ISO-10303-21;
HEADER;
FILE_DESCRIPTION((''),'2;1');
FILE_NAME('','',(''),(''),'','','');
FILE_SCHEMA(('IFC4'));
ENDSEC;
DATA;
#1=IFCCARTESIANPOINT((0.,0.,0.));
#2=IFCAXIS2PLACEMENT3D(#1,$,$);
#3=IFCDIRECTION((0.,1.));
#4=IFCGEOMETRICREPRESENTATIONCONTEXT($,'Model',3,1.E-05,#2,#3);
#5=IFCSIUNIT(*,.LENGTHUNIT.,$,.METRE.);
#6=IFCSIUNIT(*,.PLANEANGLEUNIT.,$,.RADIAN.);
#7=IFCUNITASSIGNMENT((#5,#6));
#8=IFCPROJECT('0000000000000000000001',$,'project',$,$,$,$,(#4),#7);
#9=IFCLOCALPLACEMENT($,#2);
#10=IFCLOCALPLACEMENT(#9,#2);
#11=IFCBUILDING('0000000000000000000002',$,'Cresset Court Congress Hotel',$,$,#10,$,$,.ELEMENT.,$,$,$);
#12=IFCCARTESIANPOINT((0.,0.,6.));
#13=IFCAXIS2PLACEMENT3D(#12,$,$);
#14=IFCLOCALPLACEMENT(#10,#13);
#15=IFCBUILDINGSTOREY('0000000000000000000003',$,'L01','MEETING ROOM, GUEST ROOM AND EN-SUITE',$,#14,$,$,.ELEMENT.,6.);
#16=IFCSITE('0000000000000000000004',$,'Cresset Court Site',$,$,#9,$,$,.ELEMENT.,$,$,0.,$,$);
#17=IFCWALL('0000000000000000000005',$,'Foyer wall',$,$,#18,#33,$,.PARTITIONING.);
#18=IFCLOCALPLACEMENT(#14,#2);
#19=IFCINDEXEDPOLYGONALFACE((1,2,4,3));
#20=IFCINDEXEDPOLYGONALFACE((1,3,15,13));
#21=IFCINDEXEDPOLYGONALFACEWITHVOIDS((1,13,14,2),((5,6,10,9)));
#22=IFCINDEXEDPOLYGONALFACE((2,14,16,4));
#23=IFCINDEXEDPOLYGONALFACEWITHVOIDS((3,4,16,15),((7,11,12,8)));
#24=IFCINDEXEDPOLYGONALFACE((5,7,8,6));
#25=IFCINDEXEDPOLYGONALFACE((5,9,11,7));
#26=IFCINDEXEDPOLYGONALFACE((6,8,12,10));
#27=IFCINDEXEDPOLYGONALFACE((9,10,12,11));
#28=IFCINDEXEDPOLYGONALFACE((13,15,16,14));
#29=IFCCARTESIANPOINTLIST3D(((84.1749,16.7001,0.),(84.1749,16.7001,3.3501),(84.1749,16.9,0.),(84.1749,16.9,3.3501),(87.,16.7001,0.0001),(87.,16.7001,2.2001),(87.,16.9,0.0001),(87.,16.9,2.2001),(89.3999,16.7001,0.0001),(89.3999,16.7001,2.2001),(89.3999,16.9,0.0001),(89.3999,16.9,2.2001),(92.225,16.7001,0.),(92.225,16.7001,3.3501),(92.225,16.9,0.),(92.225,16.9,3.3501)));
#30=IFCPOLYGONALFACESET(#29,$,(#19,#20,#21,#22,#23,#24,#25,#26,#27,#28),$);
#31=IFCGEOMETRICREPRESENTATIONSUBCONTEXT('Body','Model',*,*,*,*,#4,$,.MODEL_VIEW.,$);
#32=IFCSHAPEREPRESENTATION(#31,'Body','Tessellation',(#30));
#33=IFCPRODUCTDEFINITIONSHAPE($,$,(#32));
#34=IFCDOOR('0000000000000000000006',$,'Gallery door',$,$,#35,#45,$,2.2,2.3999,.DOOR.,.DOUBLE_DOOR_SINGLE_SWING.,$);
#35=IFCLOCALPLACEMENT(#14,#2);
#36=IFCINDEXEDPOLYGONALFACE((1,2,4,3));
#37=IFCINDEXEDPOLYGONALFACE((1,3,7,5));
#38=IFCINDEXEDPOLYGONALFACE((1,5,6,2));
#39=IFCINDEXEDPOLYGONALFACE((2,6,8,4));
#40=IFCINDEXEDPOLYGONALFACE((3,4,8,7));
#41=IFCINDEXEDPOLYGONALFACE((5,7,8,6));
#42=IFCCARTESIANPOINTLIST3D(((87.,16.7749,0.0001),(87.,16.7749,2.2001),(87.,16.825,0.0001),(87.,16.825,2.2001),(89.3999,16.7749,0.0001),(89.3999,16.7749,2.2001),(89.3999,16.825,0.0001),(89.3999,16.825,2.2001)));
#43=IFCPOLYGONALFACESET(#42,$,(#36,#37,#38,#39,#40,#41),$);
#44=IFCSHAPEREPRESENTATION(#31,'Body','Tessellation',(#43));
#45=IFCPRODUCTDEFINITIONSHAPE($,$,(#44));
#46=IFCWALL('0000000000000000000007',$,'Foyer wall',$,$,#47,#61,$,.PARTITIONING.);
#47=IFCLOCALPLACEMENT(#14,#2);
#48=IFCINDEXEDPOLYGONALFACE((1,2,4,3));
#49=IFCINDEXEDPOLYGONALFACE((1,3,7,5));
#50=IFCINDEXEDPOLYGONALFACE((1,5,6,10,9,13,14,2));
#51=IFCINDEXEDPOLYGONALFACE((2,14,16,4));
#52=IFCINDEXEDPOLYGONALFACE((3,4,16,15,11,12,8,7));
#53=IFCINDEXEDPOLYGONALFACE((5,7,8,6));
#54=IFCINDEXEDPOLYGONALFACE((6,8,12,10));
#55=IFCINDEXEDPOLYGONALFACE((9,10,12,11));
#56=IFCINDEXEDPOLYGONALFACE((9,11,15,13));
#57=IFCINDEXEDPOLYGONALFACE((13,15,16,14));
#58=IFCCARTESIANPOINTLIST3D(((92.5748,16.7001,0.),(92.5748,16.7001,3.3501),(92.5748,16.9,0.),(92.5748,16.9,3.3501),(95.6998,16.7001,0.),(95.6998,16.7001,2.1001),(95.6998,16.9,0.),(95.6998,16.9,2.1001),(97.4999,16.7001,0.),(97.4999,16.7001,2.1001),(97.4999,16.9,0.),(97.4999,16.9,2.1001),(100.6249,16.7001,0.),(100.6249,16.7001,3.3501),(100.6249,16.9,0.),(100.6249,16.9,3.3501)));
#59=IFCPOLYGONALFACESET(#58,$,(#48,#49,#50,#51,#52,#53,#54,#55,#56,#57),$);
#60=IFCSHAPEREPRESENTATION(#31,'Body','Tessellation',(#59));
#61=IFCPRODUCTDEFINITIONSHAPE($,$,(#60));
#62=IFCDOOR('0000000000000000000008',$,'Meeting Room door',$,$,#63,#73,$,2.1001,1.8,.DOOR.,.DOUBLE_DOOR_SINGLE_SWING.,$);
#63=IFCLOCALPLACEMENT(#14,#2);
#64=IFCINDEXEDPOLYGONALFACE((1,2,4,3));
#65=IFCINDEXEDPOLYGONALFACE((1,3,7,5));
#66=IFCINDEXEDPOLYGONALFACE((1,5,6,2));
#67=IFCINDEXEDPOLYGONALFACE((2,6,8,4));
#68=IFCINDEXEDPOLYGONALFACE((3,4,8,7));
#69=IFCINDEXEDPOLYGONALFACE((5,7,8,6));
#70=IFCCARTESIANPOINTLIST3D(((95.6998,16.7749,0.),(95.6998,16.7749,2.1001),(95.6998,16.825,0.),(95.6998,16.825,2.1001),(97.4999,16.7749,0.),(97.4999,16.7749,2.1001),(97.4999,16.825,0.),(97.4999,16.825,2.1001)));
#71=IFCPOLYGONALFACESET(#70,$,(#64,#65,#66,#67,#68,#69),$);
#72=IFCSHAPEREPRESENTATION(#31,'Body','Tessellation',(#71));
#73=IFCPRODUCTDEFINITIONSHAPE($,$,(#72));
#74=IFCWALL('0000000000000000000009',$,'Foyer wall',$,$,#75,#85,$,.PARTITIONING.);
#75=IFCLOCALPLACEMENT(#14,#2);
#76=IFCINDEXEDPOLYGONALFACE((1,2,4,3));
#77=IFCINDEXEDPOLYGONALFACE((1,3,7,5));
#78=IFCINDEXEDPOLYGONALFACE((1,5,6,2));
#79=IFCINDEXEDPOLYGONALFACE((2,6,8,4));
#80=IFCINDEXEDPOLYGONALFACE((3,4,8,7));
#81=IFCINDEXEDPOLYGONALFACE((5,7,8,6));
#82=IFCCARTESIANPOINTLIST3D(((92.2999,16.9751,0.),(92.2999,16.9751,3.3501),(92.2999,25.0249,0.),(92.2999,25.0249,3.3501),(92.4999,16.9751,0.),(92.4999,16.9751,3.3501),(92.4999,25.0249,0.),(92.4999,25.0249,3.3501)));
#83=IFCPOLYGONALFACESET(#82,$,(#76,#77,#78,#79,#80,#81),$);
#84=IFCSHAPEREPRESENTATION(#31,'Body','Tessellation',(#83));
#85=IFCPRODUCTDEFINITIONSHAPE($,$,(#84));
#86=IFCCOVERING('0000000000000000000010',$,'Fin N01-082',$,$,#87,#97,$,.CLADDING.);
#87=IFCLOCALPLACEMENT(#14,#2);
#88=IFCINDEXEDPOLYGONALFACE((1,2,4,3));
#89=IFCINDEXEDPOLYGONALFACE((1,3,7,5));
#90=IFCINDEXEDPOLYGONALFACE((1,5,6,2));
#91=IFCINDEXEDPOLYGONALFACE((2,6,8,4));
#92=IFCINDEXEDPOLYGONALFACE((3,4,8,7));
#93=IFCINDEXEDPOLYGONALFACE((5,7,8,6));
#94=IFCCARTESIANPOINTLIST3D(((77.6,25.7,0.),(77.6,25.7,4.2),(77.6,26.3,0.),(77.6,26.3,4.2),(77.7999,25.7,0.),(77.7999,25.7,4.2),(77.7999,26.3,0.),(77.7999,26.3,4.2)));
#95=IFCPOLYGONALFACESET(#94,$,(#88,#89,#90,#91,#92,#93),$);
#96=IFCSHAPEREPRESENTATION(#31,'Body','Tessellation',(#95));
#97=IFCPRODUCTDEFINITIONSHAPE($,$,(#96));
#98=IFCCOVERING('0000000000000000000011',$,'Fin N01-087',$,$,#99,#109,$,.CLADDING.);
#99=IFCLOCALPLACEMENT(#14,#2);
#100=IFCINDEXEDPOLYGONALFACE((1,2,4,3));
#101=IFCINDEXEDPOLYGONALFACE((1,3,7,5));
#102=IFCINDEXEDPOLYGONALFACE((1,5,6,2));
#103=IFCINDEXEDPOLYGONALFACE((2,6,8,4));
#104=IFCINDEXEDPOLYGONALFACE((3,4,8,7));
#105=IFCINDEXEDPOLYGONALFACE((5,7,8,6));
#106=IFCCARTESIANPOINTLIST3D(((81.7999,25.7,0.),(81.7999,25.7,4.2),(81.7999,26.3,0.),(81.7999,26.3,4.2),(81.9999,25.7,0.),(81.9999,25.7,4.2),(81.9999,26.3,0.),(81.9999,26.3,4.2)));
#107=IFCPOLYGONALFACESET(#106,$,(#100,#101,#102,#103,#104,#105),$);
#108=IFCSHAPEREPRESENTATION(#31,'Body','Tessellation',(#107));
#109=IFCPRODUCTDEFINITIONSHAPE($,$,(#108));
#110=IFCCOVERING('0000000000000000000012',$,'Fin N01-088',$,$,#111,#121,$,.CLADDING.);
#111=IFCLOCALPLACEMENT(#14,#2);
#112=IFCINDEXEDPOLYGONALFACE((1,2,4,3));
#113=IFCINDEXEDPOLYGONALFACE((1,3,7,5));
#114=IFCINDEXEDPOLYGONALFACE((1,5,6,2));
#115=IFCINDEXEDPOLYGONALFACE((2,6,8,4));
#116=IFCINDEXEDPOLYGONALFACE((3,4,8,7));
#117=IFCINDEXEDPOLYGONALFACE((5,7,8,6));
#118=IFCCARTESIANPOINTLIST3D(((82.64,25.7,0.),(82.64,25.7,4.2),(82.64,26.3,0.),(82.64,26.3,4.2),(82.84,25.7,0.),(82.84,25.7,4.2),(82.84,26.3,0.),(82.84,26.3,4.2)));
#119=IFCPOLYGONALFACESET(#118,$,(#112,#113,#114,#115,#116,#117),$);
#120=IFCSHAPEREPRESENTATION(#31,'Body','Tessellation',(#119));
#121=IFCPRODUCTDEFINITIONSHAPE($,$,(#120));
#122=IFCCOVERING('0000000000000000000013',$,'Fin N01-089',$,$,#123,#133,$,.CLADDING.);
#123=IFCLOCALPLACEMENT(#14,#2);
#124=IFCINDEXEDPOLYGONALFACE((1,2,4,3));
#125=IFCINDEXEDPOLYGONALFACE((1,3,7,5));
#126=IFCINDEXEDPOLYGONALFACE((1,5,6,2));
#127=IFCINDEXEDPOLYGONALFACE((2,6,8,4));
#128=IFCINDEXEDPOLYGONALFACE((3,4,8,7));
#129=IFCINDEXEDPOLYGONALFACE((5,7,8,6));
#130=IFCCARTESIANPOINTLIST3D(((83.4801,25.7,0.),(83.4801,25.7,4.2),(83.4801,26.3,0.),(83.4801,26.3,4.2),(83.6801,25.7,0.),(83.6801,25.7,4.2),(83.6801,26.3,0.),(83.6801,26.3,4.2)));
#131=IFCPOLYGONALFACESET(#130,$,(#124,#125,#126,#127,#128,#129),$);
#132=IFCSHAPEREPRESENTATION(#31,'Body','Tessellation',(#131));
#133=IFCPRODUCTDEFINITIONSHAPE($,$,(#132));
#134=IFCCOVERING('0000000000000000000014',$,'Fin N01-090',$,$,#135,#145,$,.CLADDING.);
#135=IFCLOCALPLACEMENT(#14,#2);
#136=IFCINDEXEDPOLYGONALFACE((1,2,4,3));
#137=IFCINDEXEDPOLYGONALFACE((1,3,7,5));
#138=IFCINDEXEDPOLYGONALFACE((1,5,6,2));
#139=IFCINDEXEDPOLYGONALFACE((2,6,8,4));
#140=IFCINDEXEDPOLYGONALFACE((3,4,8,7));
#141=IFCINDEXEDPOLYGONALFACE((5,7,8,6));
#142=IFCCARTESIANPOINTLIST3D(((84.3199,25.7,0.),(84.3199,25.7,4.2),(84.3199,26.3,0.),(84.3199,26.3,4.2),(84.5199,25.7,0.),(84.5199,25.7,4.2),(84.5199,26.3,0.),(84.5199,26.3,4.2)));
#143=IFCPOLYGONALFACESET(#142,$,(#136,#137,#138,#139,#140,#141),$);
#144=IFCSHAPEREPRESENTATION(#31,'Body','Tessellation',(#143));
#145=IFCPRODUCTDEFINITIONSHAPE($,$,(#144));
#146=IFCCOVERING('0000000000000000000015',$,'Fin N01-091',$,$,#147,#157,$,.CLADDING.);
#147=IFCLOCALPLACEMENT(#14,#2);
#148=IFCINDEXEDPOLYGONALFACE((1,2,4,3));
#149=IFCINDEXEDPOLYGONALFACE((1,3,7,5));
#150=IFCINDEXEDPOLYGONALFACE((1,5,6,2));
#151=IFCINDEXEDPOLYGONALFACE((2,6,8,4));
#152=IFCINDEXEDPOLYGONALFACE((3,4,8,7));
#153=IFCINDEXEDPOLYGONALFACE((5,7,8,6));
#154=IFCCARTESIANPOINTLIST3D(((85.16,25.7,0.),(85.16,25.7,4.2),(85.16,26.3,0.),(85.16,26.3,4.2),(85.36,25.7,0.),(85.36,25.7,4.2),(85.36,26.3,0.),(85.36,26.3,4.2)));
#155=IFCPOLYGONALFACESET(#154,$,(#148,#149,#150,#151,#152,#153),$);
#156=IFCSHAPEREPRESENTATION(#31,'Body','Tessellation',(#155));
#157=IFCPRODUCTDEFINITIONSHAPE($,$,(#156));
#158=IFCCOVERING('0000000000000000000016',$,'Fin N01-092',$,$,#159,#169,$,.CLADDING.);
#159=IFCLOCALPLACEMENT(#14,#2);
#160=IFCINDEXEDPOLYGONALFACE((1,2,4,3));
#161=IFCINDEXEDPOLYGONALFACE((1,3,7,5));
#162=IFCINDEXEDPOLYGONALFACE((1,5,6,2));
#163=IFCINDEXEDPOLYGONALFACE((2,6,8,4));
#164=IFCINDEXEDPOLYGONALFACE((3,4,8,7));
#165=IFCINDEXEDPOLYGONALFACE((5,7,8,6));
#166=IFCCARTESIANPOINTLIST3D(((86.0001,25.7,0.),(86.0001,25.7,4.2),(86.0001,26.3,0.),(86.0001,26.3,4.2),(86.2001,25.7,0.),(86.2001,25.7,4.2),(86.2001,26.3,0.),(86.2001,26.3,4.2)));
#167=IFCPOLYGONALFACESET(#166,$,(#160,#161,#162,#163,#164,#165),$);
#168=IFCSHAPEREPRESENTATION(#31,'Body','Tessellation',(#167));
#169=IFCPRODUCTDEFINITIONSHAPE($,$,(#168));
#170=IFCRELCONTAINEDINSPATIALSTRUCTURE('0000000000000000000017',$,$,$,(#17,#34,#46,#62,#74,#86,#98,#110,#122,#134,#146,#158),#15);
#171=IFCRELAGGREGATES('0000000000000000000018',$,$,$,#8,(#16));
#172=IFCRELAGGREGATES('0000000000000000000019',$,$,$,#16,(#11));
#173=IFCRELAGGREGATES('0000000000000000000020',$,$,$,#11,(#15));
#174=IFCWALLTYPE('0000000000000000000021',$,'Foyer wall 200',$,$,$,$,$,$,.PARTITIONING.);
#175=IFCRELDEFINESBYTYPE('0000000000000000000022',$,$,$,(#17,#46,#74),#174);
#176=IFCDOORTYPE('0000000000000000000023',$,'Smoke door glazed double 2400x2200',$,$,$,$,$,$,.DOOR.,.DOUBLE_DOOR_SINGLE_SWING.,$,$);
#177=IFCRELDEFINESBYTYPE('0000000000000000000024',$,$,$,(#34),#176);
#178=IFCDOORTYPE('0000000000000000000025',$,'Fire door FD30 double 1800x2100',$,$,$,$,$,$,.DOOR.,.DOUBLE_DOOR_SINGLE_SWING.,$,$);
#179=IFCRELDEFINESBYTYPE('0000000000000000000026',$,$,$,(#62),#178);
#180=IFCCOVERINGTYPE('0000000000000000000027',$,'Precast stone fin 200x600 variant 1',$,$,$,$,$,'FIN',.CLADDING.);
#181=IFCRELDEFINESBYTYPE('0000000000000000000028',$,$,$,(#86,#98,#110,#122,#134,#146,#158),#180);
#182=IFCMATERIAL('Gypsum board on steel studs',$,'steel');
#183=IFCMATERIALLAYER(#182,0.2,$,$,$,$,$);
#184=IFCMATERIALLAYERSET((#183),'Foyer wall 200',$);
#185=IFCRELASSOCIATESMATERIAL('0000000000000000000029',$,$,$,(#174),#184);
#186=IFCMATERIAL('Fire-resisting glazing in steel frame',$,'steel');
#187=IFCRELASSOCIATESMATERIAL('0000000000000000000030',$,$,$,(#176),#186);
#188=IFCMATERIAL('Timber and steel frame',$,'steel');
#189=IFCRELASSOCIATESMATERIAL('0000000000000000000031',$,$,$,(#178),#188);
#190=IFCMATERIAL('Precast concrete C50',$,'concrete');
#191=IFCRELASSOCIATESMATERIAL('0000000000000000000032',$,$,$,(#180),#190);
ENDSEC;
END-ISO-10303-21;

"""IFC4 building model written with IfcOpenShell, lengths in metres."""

from ifc_helpers import new_model, si_unit, direction, frame, frame_2d, origin, origin_2d, place, context, subcontext, project, spatial, rectangle, extrude, material, layer, layer_set, type_object, element, fill, save


model = new_model("IFC4")

# Units and contexts
model_context = context("Model", 3, precision=1e-05, world=origin(), true_north=direction((0.0, 1.0)))
body_context = subcontext(model_context, "Body", "Model", "MODEL_VIEW")
ifc_project = project(units=[si_unit("LENGTHUNIT", "METRE"), si_unit("PLANEANGLEUNIT", "RADIAN")], contexts=[model_context])

# Site, building, storey
site_placement = place(None, origin())
site = spatial("IfcSite", under=ifc_project, at=site_placement, Name="Cresset Court Site", CompositionType="ELEMENT", RefElevation=0.0)
building_placement = place(site_placement, origin())
building = spatial("IfcBuilding", under=site, at=building_placement, Name="Cresset Court Congress Hotel", CompositionType="ELEMENT")
storey_placement = place(building_placement, frame((0.0, 0.0, 6.0)))
storey = spatial("IfcBuildingStorey", under=building, at=storey_placement, Name="L01", Description="MEETING ROOM, GUEST ROOM AND EN-SUITE", CompositionType="ELEMENT", Elevation=6.0)

# Walls, openings, doors
ifc_material_1 = material(Name="Gypsum board on steel studs", Category="steel")
ifc_layer = layer(ifc_material_1, 0.2)
ifc_layer_set = layer_set([ifc_layer], Name="Foyer wall 200")
wall_type = type_object("IfcWallType", Name="Foyer wall 200", PredefinedType="PARTITIONING", material=ifc_layer_set)
wall_1_placement = place(storey_placement, frame((84.175, 16.8, 0.0), z_axis=(0.0, 0.0, 1.0), x_axis=(1.0, 0.0, 0.0)))
wall_1 = element("IfcWall", 1, at=wall_1_placement, inside=storey, type_object=wall_type, Name="Foyer wall", PredefinedType="PARTITIONING", context=body_context, shape_type="SweptSolid", body=[
    extrude(rectangle(XDim=8.05, YDim=0.2, at=frame_2d((4.0249, 0.0))), origin(), (0.0, 0.0, 1.0), 3.3501),
])
opening_1_placement = place(wall_1_placement, frame((2.825, 0.0, 0.0)))
opening_1 = element("IfcOpeningElement", 2, at=opening_1_placement, cuts=wall_1, PredefinedType="OPENING", context=body_context, shape_type="SweptSolid", body=[
    extrude(rectangle(XDim=2.3999, YDim=2.2, at=frame_2d((1.2, 1.1001))), frame((0.0, 0.1099, 0.0), z_axis=(0.0, -1.0, 0.0), x_axis=(1.0, 0.0, 0.0)), (0.0, 0.0, 1.0), 0.22),
])
ifc_material_2 = material(Name="Fire-resisting glazing in steel frame", Category="steel")
door_type_1 = type_object("IfcDoorType", Name="Smoke door glazed double 2400x2200", OperationType="DOUBLE_DOOR_SINGLE_SWING", PredefinedType="DOOR", material=ifc_material_2)
door_1_placement = place(opening_1_placement, origin())
door_1 = element("IfcDoor", 3, at=door_1_placement, inside=storey, type_object=door_type_1, Name="Gallery door", OperationType="DOUBLE_DOOR_SINGLE_SWING", OverallHeight=2.2, OverallWidth=2.3999, PredefinedType="DOOR", context=body_context, shape_type="SweptSolid", body=[
    extrude(rectangle(XDim=2.3999, YDim=2.2, at=frame_2d((1.2, 1.1001))), frame((0.0, 0.0249, 0.0), z_axis=(0.0, -1.0, 0.0), x_axis=(1.0, 0.0, 0.0)), (0.0, 0.0, 1.0), 0.05),
])
fill(opening_1, door_1)
wall_2_placement = place(storey_placement, frame((92.575, 16.8, 0.0), z_axis=(0.0, 0.0, 1.0), x_axis=(1.0, 0.0, 0.0)))
wall_2 = element("IfcWall", 4, at=wall_2_placement, inside=storey, type_object=wall_type, Name="Foyer wall", PredefinedType="PARTITIONING", context=body_context, shape_type="SweptSolid", body=[
    extrude(rectangle(XDim=8.05, YDim=0.2, at=frame_2d((4.0249, 0.0))), origin(), (0.0, 0.0, 1.0), 3.3501),
])
opening_2_placement = place(wall_2_placement, frame((3.125, 0.0, 0.0)))
opening_2 = element("IfcOpeningElement", 5, at=opening_2_placement, cuts=wall_2, PredefinedType="OPENING", context=body_context, shape_type="SweptSolid", body=[
    extrude(rectangle(XDim=1.8, YDim=2.1001, at=frame_2d((0.8999, 1.05))), frame((0.0, 0.1099, 0.0), z_axis=(0.0, -1.0, 0.0), x_axis=(1.0, 0.0, 0.0)), (0.0, 0.0, 1.0), 0.22),
])
ifc_material_3 = material(Name="Timber and steel frame", Category="steel")
door_type_2 = type_object("IfcDoorType", Name="Fire door FD30 double 1800x2100", OperationType="DOUBLE_DOOR_SINGLE_SWING", PredefinedType="DOOR", material=ifc_material_3)
door_2_placement = place(opening_2_placement, origin())
door_2 = element("IfcDoor", 6, at=door_2_placement, inside=storey, type_object=door_type_2, Name="Meeting Room door", OperationType="DOUBLE_DOOR_SINGLE_SWING", OverallHeight=2.1001, OverallWidth=1.8, PredefinedType="DOOR", context=body_context, shape_type="SweptSolid", body=[
    extrude(rectangle(XDim=1.8, YDim=2.1001, at=frame_2d((0.8999, 1.05))), frame((0.0, 0.0249, 0.0), z_axis=(0.0, -1.0, 0.0), x_axis=(1.0, 0.0, 0.0)), (0.0, 0.0, 1.0), 0.05),
])
fill(opening_2, door_2)

# Wall
wall_3_placement = place(storey_placement, frame((92.3999, 16.9751, 0.0), z_axis=(0.0, 0.0, 1.0), x_axis=(0.0, 1.0, 0.0)))
element("IfcWall", 7, at=wall_3_placement, inside=storey, type_object=wall_type, Name="Foyer wall", PredefinedType="PARTITIONING", context=body_context, shape_type="SweptSolid", body=[
    extrude(rectangle(XDim=8.0498, YDim=0.2, at=frame_2d((4.0249, 0.0))), origin(), (0.0, 0.0, 1.0), 3.3501),
])

# Coverings
ifc_material_4 = material(Name="Precast concrete C50", Category="concrete")
covering_type = type_object("IfcCoveringType", Name="Precast stone fin 200x600 variant 1", ElementType="FIN", PredefinedType="CLADDING", material=ifc_material_4)
for number, where, z_axis, x_axis, name in (
    (8, (77.7, 26.0, 0.0), (0.0, 0.0, 1.0), (1.0, 0.0, 0.0), "Fin N01-082"),
    (9, (81.8999, 26.0, 0.0), (0.0, 0.0, 1.0), (1.0, 0.0, 0.0), "Fin N01-087"),
    (10, (82.74, 26.0, 0.0), (0.0, 0.0, 1.0), (1.0, 0.0, 0.0), "Fin N01-088"),
    (11, (83.5801, 26.0, 0.0), (0.0, 0.0, 1.0), (1.0, 0.0, 0.0), "Fin N01-089"),
    (12, (84.4199, 26.0, 0.0), (0.0, 0.0, 1.0), (1.0, 0.0, 0.0), "Fin N01-090"),
    (13, (85.26, 26.0, 0.0), (0.0, 0.0, 1.0), (1.0, 0.0, 0.0), "Fin N01-091"),
    (14, (86.1001, 26.0, 0.0), (0.0, 0.0, 1.0), (1.0, 0.0, 0.0), "Fin N01-092"),
):
    element("IfcCovering", number, at=place(storey_placement, frame(where, z_axis=z_axis, x_axis=x_axis)), inside=storey, type_object=covering_type, Name=name, PredefinedType="CLADDING", context=body_context, shape_type="SweptSolid", body=[
        extrude(rectangle(XDim=0.2, YDim=0.6001, at=origin_2d()), origin(), (0.0, 0.0, 1.0), 4.2),
    ])

save(model, "model.ifc")
